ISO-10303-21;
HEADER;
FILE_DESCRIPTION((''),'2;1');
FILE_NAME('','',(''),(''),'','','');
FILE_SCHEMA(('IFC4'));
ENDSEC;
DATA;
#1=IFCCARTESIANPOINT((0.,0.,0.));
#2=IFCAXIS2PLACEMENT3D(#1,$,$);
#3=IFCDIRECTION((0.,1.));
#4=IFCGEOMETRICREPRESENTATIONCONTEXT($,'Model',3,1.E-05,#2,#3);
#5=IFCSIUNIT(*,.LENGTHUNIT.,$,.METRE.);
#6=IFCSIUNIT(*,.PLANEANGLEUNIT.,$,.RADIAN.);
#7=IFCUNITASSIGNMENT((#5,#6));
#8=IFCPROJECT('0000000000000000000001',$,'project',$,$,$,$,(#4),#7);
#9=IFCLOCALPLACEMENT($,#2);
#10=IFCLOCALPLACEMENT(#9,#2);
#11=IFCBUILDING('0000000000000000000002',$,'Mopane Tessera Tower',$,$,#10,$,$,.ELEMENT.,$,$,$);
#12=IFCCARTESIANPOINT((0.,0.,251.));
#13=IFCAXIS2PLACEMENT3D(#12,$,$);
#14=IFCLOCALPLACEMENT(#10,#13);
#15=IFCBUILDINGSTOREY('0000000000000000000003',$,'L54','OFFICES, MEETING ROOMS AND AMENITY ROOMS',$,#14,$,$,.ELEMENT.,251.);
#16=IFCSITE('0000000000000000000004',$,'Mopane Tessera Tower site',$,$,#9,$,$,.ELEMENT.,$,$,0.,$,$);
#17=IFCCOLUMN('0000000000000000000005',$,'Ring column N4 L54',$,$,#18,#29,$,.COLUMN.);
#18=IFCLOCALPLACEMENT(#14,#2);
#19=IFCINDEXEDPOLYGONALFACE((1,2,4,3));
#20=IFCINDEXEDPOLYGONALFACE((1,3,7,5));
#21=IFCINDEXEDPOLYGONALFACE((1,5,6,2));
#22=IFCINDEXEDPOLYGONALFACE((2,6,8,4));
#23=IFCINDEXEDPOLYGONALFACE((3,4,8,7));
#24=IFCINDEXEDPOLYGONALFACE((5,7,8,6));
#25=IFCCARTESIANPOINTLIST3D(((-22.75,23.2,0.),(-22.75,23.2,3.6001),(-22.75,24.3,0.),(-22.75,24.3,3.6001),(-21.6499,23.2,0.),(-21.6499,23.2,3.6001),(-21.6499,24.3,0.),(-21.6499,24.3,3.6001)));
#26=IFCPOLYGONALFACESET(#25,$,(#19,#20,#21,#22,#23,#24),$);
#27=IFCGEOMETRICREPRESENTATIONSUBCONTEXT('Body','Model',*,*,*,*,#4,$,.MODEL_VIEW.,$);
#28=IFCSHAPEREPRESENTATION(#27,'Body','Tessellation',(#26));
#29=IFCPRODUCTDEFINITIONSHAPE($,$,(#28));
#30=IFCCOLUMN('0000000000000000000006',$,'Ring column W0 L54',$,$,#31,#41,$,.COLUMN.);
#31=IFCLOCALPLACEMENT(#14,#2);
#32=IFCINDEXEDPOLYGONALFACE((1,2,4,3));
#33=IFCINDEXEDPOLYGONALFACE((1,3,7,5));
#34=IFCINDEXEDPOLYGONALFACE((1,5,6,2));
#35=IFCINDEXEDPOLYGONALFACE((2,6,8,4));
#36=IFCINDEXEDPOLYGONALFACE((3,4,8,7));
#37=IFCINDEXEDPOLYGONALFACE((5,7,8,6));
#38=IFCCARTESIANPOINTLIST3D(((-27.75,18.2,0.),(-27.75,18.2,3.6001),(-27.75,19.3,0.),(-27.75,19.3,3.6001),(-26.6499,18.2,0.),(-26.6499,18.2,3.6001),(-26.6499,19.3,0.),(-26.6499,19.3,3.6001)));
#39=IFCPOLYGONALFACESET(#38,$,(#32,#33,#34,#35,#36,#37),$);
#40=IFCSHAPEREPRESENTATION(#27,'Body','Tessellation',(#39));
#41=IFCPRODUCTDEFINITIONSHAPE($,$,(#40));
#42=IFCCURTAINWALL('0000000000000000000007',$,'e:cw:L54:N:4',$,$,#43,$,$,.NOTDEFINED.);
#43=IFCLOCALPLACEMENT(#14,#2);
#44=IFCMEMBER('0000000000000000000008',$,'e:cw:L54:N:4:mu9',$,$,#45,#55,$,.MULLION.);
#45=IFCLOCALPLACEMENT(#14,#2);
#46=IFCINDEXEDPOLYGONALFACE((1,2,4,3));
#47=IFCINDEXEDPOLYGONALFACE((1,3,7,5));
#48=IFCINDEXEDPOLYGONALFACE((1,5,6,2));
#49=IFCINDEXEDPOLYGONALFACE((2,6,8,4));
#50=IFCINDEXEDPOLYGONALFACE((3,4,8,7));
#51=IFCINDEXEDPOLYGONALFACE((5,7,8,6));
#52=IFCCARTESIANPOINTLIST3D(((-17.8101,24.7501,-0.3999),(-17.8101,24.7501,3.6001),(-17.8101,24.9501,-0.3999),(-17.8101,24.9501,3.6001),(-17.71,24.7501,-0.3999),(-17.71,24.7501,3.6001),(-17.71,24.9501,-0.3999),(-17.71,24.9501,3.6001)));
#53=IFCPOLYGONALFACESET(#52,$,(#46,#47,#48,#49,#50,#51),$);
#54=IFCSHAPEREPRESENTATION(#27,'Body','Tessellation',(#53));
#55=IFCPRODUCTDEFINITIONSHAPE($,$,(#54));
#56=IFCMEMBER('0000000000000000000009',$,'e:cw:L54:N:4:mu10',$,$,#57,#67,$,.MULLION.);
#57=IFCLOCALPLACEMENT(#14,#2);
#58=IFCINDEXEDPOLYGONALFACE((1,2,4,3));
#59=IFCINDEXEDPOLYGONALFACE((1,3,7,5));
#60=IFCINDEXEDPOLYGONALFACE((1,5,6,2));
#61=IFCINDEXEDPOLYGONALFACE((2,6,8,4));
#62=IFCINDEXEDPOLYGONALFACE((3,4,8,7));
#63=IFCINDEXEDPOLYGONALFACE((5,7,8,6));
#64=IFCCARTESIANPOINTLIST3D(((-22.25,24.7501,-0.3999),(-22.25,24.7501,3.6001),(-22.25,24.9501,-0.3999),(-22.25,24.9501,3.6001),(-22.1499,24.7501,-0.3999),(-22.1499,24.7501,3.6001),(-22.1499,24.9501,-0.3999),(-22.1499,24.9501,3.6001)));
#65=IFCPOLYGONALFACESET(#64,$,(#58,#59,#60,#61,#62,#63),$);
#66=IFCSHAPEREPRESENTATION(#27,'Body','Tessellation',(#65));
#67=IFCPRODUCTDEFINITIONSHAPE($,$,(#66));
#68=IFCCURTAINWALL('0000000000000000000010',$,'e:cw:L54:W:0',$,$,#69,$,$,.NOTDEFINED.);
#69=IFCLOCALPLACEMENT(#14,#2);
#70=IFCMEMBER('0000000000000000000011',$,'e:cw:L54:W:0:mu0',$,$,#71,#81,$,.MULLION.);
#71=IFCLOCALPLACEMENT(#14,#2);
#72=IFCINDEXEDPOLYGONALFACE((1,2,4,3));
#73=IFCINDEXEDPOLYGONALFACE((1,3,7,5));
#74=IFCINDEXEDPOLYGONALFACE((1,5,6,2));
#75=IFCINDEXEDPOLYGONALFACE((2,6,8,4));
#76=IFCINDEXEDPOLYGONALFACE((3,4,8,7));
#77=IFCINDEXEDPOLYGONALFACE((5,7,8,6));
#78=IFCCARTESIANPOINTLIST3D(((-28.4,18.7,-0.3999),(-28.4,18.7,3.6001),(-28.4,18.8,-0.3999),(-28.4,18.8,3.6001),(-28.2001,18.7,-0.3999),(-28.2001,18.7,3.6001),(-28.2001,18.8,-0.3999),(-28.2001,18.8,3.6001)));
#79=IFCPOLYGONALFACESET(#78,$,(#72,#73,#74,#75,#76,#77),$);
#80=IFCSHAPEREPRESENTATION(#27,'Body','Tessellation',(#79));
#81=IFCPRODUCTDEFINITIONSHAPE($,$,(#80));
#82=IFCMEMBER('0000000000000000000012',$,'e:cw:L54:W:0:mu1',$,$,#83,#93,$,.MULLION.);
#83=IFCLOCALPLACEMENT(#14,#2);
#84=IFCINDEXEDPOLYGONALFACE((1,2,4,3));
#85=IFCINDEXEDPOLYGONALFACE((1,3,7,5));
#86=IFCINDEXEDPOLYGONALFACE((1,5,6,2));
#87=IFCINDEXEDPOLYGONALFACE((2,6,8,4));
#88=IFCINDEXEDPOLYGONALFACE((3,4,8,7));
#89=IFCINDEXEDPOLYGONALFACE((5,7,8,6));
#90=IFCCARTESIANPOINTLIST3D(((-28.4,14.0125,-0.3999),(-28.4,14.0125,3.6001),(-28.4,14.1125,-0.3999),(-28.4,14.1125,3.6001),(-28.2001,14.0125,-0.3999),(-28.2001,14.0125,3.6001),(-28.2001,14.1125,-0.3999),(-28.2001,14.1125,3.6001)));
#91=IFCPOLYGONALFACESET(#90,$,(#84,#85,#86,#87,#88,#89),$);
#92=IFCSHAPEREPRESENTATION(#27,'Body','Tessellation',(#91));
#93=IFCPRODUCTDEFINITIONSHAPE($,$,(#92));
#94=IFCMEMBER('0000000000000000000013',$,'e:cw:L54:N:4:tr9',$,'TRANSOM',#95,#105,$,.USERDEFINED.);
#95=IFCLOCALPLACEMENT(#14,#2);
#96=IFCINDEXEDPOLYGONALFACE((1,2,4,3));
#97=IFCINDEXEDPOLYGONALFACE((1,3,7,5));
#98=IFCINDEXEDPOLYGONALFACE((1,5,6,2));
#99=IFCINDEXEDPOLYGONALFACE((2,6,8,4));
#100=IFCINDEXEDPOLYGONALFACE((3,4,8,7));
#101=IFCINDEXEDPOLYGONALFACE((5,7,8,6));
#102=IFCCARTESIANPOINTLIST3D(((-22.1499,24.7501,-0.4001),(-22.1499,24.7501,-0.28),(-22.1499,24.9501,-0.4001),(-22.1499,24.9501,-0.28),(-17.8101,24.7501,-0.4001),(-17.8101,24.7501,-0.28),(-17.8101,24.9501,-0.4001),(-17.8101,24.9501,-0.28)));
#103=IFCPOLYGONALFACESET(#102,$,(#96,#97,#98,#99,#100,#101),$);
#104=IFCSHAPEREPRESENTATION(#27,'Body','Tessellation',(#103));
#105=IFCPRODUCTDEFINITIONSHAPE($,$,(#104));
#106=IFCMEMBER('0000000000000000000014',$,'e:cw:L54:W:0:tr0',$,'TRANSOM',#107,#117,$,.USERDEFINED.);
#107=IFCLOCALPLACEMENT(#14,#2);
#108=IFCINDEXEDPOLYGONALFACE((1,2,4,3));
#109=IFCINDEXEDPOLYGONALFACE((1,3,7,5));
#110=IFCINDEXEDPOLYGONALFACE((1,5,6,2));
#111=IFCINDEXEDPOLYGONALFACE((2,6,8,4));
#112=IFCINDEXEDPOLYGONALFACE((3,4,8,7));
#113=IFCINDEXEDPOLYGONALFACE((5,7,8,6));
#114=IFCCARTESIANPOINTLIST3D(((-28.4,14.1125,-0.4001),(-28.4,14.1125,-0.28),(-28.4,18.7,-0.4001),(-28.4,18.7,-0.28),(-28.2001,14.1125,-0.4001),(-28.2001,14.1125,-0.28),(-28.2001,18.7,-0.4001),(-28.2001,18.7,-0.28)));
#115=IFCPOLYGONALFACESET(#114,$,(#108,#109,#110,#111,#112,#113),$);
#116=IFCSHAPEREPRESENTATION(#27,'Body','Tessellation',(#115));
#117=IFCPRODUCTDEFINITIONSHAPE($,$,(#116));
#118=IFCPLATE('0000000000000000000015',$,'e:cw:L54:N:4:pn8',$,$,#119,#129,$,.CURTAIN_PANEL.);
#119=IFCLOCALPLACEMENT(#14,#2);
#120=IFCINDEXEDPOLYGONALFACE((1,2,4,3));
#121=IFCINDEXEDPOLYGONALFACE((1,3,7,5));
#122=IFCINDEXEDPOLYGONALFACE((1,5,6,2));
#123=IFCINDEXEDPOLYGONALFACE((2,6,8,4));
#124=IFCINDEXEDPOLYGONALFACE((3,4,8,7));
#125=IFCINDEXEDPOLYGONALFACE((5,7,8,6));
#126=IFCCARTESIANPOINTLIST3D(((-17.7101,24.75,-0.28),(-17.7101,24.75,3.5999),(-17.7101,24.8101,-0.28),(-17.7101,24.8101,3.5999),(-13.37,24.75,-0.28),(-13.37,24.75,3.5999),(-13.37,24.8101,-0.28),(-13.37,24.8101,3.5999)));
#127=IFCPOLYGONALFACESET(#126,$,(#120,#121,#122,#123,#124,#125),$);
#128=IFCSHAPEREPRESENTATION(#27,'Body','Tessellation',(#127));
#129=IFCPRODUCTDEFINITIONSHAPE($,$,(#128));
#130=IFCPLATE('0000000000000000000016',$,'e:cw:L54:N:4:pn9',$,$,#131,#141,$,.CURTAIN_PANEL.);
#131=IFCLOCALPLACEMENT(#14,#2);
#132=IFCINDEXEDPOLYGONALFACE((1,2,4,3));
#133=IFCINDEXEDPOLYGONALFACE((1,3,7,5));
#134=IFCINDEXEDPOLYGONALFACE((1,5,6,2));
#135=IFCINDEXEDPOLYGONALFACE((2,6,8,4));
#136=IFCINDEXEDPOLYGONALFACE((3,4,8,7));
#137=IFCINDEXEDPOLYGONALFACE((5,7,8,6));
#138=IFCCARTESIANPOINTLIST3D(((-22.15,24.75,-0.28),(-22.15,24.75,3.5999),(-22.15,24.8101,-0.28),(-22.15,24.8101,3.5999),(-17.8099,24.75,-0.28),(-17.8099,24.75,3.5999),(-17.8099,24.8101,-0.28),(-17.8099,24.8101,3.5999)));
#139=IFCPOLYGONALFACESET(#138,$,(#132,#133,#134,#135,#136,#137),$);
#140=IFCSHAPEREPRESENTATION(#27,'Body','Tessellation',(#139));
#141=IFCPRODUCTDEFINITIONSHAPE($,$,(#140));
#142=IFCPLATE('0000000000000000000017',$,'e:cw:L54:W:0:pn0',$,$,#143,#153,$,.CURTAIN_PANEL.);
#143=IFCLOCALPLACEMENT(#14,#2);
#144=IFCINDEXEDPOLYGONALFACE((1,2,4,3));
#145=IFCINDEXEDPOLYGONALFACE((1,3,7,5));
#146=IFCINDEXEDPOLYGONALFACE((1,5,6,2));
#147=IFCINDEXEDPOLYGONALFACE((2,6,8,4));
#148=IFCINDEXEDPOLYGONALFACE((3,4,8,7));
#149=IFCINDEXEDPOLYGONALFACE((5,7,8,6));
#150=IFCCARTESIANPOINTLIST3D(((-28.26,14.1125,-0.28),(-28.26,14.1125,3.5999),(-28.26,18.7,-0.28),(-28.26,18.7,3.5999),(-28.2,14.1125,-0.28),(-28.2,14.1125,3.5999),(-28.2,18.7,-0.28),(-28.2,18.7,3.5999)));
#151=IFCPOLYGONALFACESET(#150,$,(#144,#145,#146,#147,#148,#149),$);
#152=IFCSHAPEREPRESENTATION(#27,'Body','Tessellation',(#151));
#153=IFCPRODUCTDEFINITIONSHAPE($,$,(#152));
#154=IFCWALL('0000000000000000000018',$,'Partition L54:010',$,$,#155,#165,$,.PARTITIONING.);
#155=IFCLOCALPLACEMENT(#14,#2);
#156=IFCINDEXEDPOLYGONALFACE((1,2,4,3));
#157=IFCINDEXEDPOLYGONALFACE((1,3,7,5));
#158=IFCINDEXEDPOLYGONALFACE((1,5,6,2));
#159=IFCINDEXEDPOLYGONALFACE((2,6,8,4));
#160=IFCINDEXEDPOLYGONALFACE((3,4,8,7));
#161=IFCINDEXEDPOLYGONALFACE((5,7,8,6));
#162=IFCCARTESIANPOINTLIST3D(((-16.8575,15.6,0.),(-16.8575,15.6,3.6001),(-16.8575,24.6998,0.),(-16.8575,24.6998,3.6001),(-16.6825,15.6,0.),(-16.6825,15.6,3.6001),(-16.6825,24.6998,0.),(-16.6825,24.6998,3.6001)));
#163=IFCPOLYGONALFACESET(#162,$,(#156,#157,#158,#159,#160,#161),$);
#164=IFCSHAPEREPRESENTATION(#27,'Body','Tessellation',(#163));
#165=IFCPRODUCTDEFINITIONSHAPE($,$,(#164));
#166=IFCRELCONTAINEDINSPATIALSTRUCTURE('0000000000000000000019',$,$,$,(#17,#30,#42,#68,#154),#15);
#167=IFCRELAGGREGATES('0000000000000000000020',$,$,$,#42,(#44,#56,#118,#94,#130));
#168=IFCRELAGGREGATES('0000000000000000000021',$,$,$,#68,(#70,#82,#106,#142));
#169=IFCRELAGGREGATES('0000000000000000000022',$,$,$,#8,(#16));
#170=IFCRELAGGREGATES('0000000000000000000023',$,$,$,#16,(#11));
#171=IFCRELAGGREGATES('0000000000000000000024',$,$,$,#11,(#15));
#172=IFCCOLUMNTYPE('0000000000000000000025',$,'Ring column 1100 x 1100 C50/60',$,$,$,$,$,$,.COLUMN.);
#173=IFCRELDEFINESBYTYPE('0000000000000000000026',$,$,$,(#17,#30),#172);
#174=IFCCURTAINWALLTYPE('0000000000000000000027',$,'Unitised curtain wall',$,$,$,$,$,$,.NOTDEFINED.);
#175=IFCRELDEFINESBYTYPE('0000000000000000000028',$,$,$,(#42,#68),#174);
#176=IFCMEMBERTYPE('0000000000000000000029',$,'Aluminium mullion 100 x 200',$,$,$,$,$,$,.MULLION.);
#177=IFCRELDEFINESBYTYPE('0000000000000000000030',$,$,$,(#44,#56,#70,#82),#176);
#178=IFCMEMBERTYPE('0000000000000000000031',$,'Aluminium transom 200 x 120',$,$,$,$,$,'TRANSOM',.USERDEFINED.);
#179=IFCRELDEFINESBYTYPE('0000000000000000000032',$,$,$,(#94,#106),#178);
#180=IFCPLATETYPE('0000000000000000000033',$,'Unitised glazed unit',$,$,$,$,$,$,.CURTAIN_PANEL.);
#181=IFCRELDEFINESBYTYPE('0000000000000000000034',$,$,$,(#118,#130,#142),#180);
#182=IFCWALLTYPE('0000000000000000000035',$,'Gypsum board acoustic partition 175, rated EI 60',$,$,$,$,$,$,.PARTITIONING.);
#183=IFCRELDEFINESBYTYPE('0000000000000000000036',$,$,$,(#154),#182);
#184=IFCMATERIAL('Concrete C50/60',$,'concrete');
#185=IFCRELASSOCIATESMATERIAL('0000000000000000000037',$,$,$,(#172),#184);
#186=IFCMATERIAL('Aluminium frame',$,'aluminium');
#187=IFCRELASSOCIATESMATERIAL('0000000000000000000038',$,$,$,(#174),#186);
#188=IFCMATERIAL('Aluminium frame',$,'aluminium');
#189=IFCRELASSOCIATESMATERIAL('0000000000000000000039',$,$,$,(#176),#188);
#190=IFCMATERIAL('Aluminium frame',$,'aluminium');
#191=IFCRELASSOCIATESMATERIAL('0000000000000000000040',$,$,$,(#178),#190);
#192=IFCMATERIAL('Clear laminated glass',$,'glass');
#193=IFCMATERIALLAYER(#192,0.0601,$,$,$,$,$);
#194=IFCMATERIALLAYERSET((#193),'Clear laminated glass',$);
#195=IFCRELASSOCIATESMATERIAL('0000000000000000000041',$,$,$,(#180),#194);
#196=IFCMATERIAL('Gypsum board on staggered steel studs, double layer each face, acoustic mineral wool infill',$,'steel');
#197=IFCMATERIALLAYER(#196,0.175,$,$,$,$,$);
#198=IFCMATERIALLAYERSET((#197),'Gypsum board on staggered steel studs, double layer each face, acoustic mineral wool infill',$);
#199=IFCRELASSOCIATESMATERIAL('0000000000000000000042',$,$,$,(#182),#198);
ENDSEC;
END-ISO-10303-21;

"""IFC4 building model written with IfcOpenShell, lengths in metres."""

from ifc_helpers import new_model, si_unit, direction, frame, frame_2d, origin, origin_2d, place, context, subcontext, project, spatial, rectangle, extrude, material, layer, layer_set, material_profile, profile_set, type_object, element, aggregate, save


model = new_model("IFC4")

# Units and contexts
model_context = context("Model", 3, precision=1e-05, world=origin(), true_north=direction((0.0, 1.0)))
body_context = subcontext(model_context, "Body", "Model", "MODEL_VIEW")
ifc_project = project(units=[si_unit("LENGTHUNIT", "METRE"), si_unit("PLANEANGLEUNIT", "RADIAN")], contexts=[model_context])

# Site, building, storey
site_placement = place(None, origin())
site = spatial("IfcSite", under=ifc_project, at=site_placement, Name="Mopane Tessera Tower site", CompositionType="ELEMENT", RefElevation=0.0)
building_placement = place(site_placement, origin())
building = spatial("IfcBuilding", under=site, at=building_placement, Name="Mopane Tessera Tower", CompositionType="ELEMENT")
storey_placement = place(building_placement, frame((0.0, 0.0, 251.0)))
storey = spatial("IfcBuildingStorey", under=building, at=storey_placement, Name="L54", Description="OFFICES, MEETING ROOMS AND AMENITY ROOMS", CompositionType="ELEMENT", Elevation=251.0)

# Columns
ifc_material_1 = material(Name="Concrete C50/60", Category="concrete")
ifc_material_profile_1 = material_profile(ifc_material_1, rectangle(XDim=1.1001, YDim=1.1001, at=origin_2d()))
ifc_profile_set_1 = profile_set([ifc_material_profile_1], Name="Concrete C50/60")
column_type = type_object("IfcColumnType", Name="Ring column 1100 x 1100 C50/60", PredefinedType="COLUMN", material=ifc_profile_set_1)
for number, where, z_axis, x_axis, name in (
    (1, (-22.2, 23.75, 0.0), (0.0, 0.0, 1.0), (1.0, 0.0, 0.0), "Ring column N4 L54"),
    (2, (-27.2, 18.75, 0.0), (0.0, 0.0, 1.0), (1.0, 0.0, 0.0), "Ring column W0 L54"),
):
    element("IfcColumn", number, at=place(storey_placement, frame(where, z_axis=z_axis, x_axis=x_axis)), inside=storey, type_object=column_type, Name=name, PredefinedType="COLUMN", context=body_context, shape_type="SweptSolid", body=[
        extrude(rectangle(XDim=1.1001, YDim=1.1001, at=origin_2d()), origin(), (0.0, 0.0, 1.0), 3.6001),
    ])

# Curtain walls, members
ifc_material_2 = material(Name="Aluminium frame", Category="aluminium")
curtain_wall_type = type_object("IfcCurtainWallType", Name="Unitised curtain wall", PredefinedType="NOTDEFINED", material=ifc_material_2)
curtain_wall_1_placement = place(storey_placement, origin())
curtain_wall_1 = element("IfcCurtainWall", 3, at=curtain_wall_1_placement, inside=storey, type_object=curtain_wall_type, Name="e:cw:L54:N:4", PredefinedType="NOTDEFINED")
ifc_material_3 = material(Name="Aluminium frame", Category="aluminium")
ifc_material_profile_2 = material_profile(ifc_material_3, rectangle(XDim=0.1001, YDim=0.2, at=origin_2d()))
ifc_profile_set_2 = profile_set([ifc_material_profile_2], Name="Aluminium frame")
member_type_1 = type_object("IfcMemberType", Name="Aluminium mullion 100 x 200", PredefinedType="MULLION", material=ifc_profile_set_2)
member_1_placement = place(storey_placement, frame((-17.76, 24.8501, -0.3999), z_axis=(0.0, 0.0, 1.0), x_axis=(-1.0, 0.0, 0.0)))
member_1 = element("IfcMember", 4, at=member_1_placement, type_object=member_type_1, Name="e:cw:L54:N:4:mu9", PredefinedType="MULLION", context=body_context, shape_type="SweptSolid", body=[
    extrude(rectangle(XDim=0.1001, YDim=0.2, at=origin_2d()), origin(), (0.0, 0.0, 1.0), 4.0),
])
member_2_placement = place(storey_placement, frame((-22.2, 24.8501, -0.3999), z_axis=(0.0, 0.0, 1.0), x_axis=(-1.0, 0.0, 0.0)))
member_2 = element("IfcMember", 5, at=member_2_placement, type_object=member_type_1, Name="e:cw:L54:N:4:mu10", PredefinedType="MULLION", context=body_context, shape_type="SweptSolid", body=[
    extrude(rectangle(XDim=0.1001, YDim=0.2, at=origin_2d()), origin(), (0.0, 0.0, 1.0), 4.0),
])
curtain_wall_2_placement = place(storey_placement, origin())
curtain_wall_2 = element("IfcCurtainWall", 6, at=curtain_wall_2_placement, inside=storey, type_object=curtain_wall_type, Name="e:cw:L54:W:0", PredefinedType="NOTDEFINED")
member_3_placement = place(storey_placement, frame((-28.3, 18.75, -0.3999), z_axis=(0.0, 0.0, 1.0), x_axis=(0.0, -1.0, 0.0)))
member_3 = element("IfcMember", 7, at=member_3_placement, type_object=member_type_1, Name="e:cw:L54:W:0:mu0", PredefinedType="MULLION", context=body_context, shape_type="SweptSolid", body=[
    extrude(rectangle(XDim=0.1001, YDim=0.2, at=origin_2d()), origin(), (0.0, 0.0, 1.0), 4.0),
])
member_4_placement = place(storey_placement, frame((-28.3, 14.0625, -0.3999), z_axis=(0.0, 0.0, 1.0), x_axis=(0.0, -1.0, 0.0)))
member_4 = element("IfcMember", 8, at=member_4_placement, type_object=member_type_1, Name="e:cw:L54:W:0:mu1", PredefinedType="MULLION", context=body_context, shape_type="SweptSolid", body=[
    extrude(rectangle(XDim=0.1001, YDim=0.2, at=origin_2d()), origin(), (0.0, 0.0, 1.0), 4.0),
])

# Members
ifc_material_4 = material(Name="Aluminium frame", Category="aluminium")
ifc_material_profile_3 = material_profile(ifc_material_4, rectangle(XDim=0.2, YDim=0.1201, at=origin_2d()))
ifc_profile_set_3 = profile_set([ifc_material_profile_3], Name="Aluminium frame")
member_type_2 = type_object("IfcMemberType", Name="Aluminium transom 200 x 120", ElementType="TRANSOM", PredefinedType="USERDEFINED", material=ifc_profile_set_3)
member_5_placement = place(storey_placement, frame((-17.8101, 24.8501, -0.3401), z_axis=(-1.0, 0.0, 0.0), x_axis=(0.0, -1.0, 0.0)))
member_5 = element("IfcMember", 9, at=member_5_placement, type_object=member_type_2, Name="e:cw:L54:N:4:tr9", ObjectType="TRANSOM", PredefinedType="USERDEFINED", context=body_context, shape_type="SweptSolid", body=[
    extrude(rectangle(XDim=0.2, YDim=0.1201, at=origin_2d()), origin(), (0.0, 0.0, 1.0), 4.3398),
])
member_6_placement = place(storey_placement, frame((-28.3, 18.7, -0.3401), z_axis=(0.0, -1.0, 0.0), x_axis=(1.0, 0.0, 0.0)))
member_6 = element("IfcMember", 10, at=member_6_placement, type_object=member_type_2, Name="e:cw:L54:W:0:tr0", ObjectType="TRANSOM", PredefinedType="USERDEFINED", context=body_context, shape_type="SweptSolid", body=[
    extrude(rectangle(XDim=0.2, YDim=0.1201, at=origin_2d()), origin(), (0.0, 0.0, 1.0), 4.5874),
])

# Plates
ifc_material_5 = material(Name="Clear laminated glass", Category="glass")
ifc_layer_1 = layer(ifc_material_5, 0.0601)
ifc_layer_set_1 = layer_set([ifc_layer_1], Name="Clear laminated glass")
plate_type = type_object("IfcPlateType", Name="Unitised glazed unit", PredefinedType="CURTAIN_PANEL", material=ifc_layer_set_1)
plate_1_placement = place(storey_placement, frame((-15.54, 24.78, -0.28), z_axis=(0.0, 0.0, 1.0), x_axis=(-1.0, 0.0, 0.0)))
plate_1 = element("IfcPlate", 11, at=plate_1_placement, type_object=plate_type, Name="e:cw:L54:N:4:pn8", PredefinedType="CURTAIN_PANEL", context=body_context, shape_type="SweptSolid", body=[
    extrude(rectangle(XDim=4.3401, YDim=0.0601, at=origin_2d()), origin(), (0.0, 0.0, 1.0), 3.8799),
])
plate_2_placement = place(storey_placement, frame((-19.98, 24.78, -0.28), z_axis=(0.0, 0.0, 1.0), x_axis=(-1.0, 0.0, 0.0)))
plate_2 = element("IfcPlate", 12, at=plate_2_placement, type_object=plate_type, Name="e:cw:L54:N:4:pn9", PredefinedType="CURTAIN_PANEL", context=body_context, shape_type="SweptSolid", body=[
    extrude(rectangle(XDim=4.3401, YDim=0.0601, at=origin_2d()), origin(), (0.0, 0.0, 1.0), 3.8799),
])
aggregate(curtain_wall_1, [member_1, member_2, plate_1, member_5, plate_2])
plate_3_placement = place(storey_placement, frame((-28.23, 16.4062, -0.28), z_axis=(0.0, 0.0, 1.0), x_axis=(0.0, -1.0, 0.0)))
plate_3 = element("IfcPlate", 13, at=plate_3_placement, type_object=plate_type, Name="e:cw:L54:W:0:pn0", PredefinedType="CURTAIN_PANEL", context=body_context, shape_type="SweptSolid", body=[
    extrude(rectangle(XDim=4.5874, YDim=0.0601, at=origin_2d()), origin(), (0.0, 0.0, 1.0), 3.8799),
])
aggregate(curtain_wall_2, [member_3, member_4, member_6, plate_3])

# Wall
ifc_material_6 = material(Name="Gypsum board on staggered steel studs, double layer each face, acoustic mineral wool infill", Category="steel")
ifc_layer_2 = layer(ifc_material_6, 0.175)
ifc_layer_set_2 = layer_set([ifc_layer_2], Name="Gypsum board on staggered steel studs, double layer each face, acoustic mineral wool infill")
wall_type_1 = type_object("IfcWallType", Name="Gypsum board acoustic partition 175, rated EI 60", PredefinedType="PARTITIONING", material=ifc_layer_set_2)
wall_1_placement = place(storey_placement, frame((-16.77, 15.6001, 0.0), z_axis=(0.0, 0.0, 1.0), x_axis=(0.0, 1.0, 0.0)))
element("IfcWall", 14, at=wall_1_placement, inside=storey, type_object=wall_type_1, Name="Partition L54:010", PredefinedType="PARTITIONING", context=body_context, shape_type="SweptSolid", body=[
    extrude(rectangle(XDim=9.0999, YDim=0.175, at=frame_2d((4.5498, 0.0))), origin(), (0.0, 0.0, 1.0), 3.6001),
])

save(model, "model.ifc")
